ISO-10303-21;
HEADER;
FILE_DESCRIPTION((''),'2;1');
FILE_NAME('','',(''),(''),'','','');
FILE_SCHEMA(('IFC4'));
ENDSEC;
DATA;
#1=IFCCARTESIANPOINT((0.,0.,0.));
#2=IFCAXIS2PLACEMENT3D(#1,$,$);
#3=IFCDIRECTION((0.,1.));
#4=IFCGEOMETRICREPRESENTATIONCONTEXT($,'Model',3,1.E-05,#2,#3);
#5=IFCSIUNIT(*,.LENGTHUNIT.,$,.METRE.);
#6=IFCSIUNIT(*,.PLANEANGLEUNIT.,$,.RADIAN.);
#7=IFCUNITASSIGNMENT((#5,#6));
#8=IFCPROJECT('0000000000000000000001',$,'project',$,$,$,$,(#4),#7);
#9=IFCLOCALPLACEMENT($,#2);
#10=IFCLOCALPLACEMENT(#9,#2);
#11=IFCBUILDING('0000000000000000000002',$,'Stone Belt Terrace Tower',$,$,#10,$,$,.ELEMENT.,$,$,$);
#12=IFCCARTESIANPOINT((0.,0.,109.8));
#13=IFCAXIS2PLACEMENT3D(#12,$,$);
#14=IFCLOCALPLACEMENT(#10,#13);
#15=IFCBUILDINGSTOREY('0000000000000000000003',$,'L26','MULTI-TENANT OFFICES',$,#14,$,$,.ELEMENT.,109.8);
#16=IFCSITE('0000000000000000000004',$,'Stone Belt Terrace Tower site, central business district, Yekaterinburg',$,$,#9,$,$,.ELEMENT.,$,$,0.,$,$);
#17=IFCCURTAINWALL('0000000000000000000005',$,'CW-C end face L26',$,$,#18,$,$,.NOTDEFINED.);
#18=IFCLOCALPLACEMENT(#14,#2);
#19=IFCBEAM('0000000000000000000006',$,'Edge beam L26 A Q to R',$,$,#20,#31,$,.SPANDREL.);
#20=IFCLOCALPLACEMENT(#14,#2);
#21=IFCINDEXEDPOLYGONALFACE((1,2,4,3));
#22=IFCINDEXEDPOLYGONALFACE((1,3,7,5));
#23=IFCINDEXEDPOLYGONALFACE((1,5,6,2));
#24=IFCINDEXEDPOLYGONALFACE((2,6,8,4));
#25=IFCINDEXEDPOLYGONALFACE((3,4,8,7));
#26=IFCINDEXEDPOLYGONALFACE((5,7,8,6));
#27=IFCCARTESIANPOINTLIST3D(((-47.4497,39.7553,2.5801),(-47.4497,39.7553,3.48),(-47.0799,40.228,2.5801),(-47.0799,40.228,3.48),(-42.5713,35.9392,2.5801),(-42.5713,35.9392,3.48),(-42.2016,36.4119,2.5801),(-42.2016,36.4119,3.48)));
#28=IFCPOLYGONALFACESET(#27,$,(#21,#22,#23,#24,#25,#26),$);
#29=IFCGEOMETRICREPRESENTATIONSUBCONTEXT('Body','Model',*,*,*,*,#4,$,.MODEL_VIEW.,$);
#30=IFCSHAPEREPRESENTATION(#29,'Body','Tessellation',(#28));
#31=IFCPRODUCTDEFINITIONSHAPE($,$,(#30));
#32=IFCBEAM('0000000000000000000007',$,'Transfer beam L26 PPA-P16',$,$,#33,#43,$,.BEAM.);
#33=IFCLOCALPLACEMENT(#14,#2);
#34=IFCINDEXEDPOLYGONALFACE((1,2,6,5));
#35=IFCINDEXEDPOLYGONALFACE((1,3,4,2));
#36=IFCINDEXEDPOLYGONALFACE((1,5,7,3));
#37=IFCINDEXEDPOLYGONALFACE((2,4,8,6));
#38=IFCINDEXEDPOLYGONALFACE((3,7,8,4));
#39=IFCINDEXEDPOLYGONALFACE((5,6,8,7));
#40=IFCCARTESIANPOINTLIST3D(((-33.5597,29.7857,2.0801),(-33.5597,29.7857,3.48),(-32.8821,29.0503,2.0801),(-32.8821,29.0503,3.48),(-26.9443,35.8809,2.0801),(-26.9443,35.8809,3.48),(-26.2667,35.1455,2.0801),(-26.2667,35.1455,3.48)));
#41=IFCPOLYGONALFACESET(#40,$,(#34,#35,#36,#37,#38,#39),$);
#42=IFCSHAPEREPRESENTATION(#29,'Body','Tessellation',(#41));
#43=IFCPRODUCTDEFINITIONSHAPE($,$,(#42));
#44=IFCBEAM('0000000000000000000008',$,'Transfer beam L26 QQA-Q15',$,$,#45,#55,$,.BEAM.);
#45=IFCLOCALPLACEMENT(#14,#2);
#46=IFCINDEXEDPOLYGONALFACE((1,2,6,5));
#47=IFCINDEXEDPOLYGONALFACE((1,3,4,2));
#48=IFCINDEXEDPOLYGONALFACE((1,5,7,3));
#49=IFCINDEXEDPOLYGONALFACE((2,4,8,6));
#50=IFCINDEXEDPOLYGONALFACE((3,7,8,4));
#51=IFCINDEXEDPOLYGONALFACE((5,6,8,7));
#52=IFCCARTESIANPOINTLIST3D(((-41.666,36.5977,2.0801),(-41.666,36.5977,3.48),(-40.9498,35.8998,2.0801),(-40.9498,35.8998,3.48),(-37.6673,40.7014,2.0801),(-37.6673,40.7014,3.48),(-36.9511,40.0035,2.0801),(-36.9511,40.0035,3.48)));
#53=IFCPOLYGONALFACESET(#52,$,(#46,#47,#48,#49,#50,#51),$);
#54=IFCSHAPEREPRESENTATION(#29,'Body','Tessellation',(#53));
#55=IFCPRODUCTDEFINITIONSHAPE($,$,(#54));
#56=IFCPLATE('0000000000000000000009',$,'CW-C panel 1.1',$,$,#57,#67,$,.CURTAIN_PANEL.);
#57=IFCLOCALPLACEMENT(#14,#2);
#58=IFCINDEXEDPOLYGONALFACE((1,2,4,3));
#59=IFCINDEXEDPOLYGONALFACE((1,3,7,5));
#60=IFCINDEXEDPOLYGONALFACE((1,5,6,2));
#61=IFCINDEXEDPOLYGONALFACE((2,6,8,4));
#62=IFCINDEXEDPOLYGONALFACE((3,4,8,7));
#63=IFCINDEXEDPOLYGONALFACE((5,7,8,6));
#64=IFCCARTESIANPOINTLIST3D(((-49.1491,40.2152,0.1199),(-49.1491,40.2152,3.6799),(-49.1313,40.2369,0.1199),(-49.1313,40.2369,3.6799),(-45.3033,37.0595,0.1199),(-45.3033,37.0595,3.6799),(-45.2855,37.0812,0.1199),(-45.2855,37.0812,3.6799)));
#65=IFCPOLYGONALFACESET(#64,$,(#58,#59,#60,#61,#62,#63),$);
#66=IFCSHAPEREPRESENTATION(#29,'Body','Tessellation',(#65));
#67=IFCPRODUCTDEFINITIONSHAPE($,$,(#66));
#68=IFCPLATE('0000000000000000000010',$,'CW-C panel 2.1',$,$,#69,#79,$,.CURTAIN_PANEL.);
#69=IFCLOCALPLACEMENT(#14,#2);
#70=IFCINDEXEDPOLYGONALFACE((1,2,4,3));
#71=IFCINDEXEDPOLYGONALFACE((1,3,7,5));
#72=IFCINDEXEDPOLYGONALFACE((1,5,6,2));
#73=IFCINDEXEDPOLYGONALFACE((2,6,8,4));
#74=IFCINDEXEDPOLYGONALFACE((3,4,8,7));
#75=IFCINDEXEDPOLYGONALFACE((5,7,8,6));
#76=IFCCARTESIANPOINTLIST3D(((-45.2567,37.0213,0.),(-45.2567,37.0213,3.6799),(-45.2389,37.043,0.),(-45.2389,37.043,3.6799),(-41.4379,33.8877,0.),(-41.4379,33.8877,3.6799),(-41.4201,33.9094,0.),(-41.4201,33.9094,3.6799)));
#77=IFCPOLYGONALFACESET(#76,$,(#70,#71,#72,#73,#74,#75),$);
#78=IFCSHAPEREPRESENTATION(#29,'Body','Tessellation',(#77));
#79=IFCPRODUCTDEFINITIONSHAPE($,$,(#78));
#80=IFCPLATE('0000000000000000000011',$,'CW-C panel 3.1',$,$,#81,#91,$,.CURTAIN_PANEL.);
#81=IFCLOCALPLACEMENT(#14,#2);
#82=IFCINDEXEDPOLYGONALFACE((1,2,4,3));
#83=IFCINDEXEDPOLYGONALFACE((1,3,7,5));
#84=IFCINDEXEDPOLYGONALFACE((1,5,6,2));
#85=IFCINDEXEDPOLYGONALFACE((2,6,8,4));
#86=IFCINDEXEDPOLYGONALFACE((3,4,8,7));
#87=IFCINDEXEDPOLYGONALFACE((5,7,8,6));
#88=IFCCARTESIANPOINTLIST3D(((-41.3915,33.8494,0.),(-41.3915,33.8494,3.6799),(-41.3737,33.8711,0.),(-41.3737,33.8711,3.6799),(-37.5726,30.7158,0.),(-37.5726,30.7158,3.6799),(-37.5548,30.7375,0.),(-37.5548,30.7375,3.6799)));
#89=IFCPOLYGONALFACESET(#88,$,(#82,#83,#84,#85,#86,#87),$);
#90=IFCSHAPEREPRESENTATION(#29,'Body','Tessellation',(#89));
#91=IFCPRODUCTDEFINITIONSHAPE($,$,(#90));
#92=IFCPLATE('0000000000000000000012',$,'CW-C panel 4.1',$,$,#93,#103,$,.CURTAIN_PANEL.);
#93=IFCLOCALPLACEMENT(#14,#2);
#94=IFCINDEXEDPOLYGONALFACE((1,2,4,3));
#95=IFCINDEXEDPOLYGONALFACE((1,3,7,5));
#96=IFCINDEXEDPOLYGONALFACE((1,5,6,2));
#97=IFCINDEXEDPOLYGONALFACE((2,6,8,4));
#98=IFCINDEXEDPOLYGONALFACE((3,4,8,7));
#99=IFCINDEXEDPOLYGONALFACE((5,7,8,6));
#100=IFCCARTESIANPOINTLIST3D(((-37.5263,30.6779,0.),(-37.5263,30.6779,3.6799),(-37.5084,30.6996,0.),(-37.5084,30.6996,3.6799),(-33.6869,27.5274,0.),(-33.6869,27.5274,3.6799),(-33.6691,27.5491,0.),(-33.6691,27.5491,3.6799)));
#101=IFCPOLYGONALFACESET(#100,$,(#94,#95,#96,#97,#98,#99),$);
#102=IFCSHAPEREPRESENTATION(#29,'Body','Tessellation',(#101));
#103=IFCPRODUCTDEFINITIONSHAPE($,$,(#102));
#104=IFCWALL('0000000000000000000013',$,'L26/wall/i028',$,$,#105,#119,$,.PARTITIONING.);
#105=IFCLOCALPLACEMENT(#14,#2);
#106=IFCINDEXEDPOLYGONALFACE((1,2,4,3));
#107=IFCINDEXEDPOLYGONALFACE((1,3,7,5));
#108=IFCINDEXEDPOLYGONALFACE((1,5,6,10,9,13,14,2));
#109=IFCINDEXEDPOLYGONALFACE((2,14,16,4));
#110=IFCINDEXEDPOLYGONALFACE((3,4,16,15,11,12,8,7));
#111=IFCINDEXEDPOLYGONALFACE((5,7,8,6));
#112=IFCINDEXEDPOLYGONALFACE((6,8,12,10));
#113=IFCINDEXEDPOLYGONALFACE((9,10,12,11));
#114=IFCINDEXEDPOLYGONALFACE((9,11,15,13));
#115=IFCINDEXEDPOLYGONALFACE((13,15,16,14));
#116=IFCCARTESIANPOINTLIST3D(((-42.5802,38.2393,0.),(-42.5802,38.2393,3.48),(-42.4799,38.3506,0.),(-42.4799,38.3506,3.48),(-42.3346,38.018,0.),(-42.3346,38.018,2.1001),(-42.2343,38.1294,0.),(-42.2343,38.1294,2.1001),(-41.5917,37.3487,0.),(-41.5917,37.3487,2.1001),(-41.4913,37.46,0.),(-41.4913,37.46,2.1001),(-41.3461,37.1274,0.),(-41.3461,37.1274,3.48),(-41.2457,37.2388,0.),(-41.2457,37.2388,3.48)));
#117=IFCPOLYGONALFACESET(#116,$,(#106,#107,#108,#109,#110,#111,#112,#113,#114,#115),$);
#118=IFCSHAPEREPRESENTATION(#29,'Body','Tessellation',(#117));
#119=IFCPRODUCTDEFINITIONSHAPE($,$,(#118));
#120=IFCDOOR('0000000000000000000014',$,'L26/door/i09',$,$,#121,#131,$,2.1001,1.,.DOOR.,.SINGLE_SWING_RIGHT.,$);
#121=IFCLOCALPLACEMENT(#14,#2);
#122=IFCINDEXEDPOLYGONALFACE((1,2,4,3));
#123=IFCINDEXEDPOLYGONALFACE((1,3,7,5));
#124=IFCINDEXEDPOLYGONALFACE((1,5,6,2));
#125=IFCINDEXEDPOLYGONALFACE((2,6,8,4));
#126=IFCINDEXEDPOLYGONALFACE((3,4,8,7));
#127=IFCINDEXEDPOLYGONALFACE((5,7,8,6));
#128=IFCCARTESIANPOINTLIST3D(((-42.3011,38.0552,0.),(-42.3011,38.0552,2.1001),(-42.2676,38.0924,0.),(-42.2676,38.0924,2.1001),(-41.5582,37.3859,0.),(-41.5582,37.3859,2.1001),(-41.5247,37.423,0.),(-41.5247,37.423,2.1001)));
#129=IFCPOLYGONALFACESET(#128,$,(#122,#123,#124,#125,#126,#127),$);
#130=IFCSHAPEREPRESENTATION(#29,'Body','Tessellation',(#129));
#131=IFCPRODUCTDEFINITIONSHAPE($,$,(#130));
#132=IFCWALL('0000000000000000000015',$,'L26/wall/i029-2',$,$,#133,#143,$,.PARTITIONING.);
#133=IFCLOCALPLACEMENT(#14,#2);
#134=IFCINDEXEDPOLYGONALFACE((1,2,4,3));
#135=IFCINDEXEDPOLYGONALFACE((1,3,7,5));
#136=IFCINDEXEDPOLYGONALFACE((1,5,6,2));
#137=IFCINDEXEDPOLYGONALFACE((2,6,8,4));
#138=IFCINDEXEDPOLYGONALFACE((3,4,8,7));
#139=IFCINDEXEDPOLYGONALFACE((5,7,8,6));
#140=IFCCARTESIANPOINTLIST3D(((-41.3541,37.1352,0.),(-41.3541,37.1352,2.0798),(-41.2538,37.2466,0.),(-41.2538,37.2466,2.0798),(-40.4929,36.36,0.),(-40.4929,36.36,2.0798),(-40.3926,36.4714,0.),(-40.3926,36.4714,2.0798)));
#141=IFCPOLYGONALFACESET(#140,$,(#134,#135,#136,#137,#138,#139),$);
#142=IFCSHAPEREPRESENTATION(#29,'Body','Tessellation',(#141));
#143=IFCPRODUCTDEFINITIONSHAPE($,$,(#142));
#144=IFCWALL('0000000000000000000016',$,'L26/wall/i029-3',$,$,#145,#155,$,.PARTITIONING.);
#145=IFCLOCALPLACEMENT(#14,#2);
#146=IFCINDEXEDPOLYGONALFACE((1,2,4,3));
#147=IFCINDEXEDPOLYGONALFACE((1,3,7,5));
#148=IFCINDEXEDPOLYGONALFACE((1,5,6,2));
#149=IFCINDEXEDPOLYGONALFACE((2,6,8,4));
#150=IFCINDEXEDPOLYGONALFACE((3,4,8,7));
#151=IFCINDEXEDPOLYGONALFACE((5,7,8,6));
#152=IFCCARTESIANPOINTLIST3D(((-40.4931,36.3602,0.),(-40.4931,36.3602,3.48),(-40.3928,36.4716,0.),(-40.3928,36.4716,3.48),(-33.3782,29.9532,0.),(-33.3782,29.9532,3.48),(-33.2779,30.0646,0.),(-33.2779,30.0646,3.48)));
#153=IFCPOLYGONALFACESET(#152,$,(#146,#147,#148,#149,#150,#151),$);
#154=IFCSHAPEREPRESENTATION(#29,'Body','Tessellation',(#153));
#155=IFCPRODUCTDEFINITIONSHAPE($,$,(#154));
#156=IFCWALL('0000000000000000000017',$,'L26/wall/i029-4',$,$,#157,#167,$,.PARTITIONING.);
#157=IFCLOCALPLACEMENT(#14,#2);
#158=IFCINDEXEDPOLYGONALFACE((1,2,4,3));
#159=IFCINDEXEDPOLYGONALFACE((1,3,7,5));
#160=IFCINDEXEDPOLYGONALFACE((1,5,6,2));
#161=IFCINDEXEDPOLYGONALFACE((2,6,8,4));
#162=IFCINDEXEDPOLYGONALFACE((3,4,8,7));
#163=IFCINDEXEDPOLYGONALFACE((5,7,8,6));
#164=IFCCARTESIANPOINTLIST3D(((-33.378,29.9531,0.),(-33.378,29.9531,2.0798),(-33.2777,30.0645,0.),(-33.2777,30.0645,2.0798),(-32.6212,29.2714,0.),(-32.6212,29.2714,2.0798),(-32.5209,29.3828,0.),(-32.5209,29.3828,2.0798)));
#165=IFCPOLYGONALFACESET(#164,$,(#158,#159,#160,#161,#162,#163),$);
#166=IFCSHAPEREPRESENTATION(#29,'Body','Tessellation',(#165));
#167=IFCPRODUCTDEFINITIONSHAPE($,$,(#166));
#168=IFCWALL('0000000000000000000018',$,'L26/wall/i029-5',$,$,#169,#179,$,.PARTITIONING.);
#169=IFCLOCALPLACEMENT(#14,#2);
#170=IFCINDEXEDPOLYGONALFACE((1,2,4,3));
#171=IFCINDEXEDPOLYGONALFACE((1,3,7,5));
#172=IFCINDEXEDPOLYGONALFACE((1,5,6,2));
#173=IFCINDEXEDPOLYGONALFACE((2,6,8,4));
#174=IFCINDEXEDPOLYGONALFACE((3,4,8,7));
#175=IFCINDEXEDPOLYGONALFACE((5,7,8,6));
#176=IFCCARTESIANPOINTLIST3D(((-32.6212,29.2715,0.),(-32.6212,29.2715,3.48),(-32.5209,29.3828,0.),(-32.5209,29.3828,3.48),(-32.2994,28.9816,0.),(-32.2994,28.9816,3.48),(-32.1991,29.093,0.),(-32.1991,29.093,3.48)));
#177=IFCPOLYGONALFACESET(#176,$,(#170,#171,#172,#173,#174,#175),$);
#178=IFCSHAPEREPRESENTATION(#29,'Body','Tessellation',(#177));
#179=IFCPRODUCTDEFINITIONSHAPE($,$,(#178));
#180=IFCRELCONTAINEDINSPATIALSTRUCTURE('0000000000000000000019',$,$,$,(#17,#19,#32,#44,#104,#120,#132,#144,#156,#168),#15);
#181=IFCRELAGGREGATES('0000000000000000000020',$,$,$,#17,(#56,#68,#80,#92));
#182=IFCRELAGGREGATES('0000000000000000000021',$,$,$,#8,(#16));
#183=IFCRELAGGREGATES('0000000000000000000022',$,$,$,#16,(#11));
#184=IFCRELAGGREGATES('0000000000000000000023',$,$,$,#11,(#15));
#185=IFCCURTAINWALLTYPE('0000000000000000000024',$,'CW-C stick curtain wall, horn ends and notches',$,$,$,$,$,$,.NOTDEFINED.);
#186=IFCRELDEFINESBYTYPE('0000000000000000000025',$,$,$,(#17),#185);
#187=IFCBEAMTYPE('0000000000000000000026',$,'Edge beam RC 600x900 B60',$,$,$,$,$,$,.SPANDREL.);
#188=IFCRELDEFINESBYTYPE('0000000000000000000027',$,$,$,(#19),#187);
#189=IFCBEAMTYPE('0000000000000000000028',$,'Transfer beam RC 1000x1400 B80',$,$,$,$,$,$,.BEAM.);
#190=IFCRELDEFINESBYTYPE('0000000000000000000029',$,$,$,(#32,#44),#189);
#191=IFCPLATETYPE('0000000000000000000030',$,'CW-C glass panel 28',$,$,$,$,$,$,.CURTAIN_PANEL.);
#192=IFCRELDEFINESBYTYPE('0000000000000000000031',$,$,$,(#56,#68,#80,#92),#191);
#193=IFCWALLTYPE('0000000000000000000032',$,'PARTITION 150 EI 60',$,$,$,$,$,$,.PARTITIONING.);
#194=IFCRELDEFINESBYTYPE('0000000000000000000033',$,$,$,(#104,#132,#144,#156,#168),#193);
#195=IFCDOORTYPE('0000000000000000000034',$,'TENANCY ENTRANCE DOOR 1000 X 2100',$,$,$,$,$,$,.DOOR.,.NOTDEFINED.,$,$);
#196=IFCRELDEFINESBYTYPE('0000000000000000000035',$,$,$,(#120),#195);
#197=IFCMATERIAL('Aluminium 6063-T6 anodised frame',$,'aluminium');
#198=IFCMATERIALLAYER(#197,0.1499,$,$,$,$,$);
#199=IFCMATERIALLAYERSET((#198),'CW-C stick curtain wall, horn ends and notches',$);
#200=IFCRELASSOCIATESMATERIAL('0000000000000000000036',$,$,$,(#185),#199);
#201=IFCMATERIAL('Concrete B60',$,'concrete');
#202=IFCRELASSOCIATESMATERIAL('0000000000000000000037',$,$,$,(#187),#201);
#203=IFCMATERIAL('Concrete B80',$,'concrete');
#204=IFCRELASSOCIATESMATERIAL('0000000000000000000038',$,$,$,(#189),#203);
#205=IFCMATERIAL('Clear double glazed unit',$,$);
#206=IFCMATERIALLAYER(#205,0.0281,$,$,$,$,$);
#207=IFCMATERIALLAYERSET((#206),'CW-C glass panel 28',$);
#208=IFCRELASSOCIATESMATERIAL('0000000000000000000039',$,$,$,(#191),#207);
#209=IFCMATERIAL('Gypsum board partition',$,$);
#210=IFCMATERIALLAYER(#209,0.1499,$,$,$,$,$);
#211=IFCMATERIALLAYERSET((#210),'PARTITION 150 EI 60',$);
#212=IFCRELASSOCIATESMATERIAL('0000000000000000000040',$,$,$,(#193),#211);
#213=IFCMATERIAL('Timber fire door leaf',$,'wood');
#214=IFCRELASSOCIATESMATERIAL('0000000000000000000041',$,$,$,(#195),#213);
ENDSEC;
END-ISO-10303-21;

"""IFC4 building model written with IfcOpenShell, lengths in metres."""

from ifc_helpers import new_model, si_unit, direction, frame, frame_2d, origin, origin_2d, place, context, subcontext, project, spatial, rectangle, extrude, material, layer, layer_set, material_profile, profile_set, type_object, element, fill, aggregate, save


model = new_model("IFC4")

# Units and contexts
model_context = context("Model", 3, precision=1e-05, world=origin(), true_north=direction((0.0, 1.0)))
body_context = subcontext(model_context, "Body", "Model", "MODEL_VIEW")
ifc_project = project(units=[si_unit("LENGTHUNIT", "METRE"), si_unit("PLANEANGLEUNIT", "RADIAN")], contexts=[model_context])

# Site, building, storey
site_placement = place(None, origin())
site = spatial("IfcSite", under=ifc_project, at=site_placement, Name="Stone Belt Terrace Tower site, central business district, Yekaterinburg", CompositionType="ELEMENT", RefElevation=0.0)
building_placement = place(site_placement, origin())
building = spatial("IfcBuilding", under=site, at=building_placement, Name="Stone Belt Terrace Tower", CompositionType="ELEMENT")
storey_placement = place(building_placement, frame((0.0, 0.0, 109.8)))
storey = spatial("IfcBuildingStorey", under=building, at=storey_placement, Name="L26", Description="MULTI-TENANT OFFICES", CompositionType="ELEMENT", Elevation=109.8)

# Shared definitions
ifc_material_1 = material(Name="Concrete B80", Category="concrete")

# Curtain wall
ifc_material_2 = material(Name="Aluminium 6063-T6 anodised frame", Category="aluminium")
ifc_layer_1 = layer(ifc_material_2, 0.1499)
ifc_layer_set_1 = layer_set([ifc_layer_1], Name="CW-C stick curtain wall, horn ends and notches")
curtain_wall_type_1 = type_object("IfcCurtainWallType", Name="CW-C stick curtain wall, horn ends and notches", PredefinedType="NOTDEFINED", material=ifc_layer_set_1)
curtain_wall_1_placement = place(storey_placement, origin())
curtain_wall_1 = element("IfcCurtainWall", 1, at=curtain_wall_1_placement, inside=storey, type_object=curtain_wall_type_1, Name="CW-C end face L26", PredefinedType="NOTDEFINED")

# Beams
ifc_material_3 = material(Name="Concrete B60", Category="concrete")
ifc_material_profile_1 = material_profile(ifc_material_3, rectangle(XDim=0.6001, YDim=0.8999, at=origin_2d()), Name="RC 600x900")
ifc_profile_set_1 = profile_set([ifc_material_profile_1], Name="Concrete B60")
beam_type_1 = type_object("IfcBeamType", Name="Edge beam RC 600x900 B60", PredefinedType="SPANDREL", material=ifc_profile_set_1)
beam_1_placement = place(storey_placement, frame((-42.3865, 36.1755, 3.03), z_axis=(-0.787641, 0.616135, 0.0), x_axis=(-0.616135, -0.787641, 0.0)))
element("IfcBeam", 2, at=beam_1_placement, inside=storey, type_object=beam_type_1, Name="Edge beam L26 A Q to R", PredefinedType="SPANDREL", context=body_context, shape_type="SweptSolid", body=[
    extrude(rectangle(XDim=0.6001, YDim=0.8999, at=origin_2d()), origin(), (0.0, 0.0, 1.0), 6.1936),
])
ifc_material_profile_2 = material_profile(ifc_material_1, rectangle(XDim=1.0, YDim=1.3999, at=origin_2d()), Name="RC 1000x1400")
ifc_profile_set_2 = profile_set([ifc_material_profile_2], Name="Concrete B80")
beam_type_2 = type_object("IfcBeamType", Name="Transfer beam RC 1000x1400 B80", PredefinedType="BEAM", material=ifc_profile_set_2)
beam_2_placement = place(storey_placement, frame((-33.2209, 29.418, 2.78), z_axis=(0.735434, 0.677597, 0.0), x_axis=(-0.677597, 0.735434, 0.0)))
element("IfcBeam", 3, at=beam_2_placement, inside=storey, type_object=beam_type_2, Name="Transfer beam L26 PPA-P16", PredefinedType="BEAM", context=body_context, shape_type="SweptSolid", body=[
    extrude(rectangle(XDim=1.0, YDim=1.3999, at=origin_2d()), origin(), (0.0, 0.0, 1.0), 8.9954),
])
beam_3_placement = place(storey_placement, frame((-41.3079, 36.2488, 2.78), z_axis=(0.697887, 0.716208, 0.0), x_axis=(-0.716208, 0.697887, 0.0)))
element("IfcBeam", 4, at=beam_3_placement, inside=storey, type_object=beam_type_2, Name="Transfer beam L26 QQA-Q15", PredefinedType="BEAM", context=body_context, shape_type="SweptSolid", body=[
    extrude(rectangle(XDim=1.0, YDim=1.3999, at=origin_2d()), origin(), (0.0, 0.0, 1.0), 5.7297),
])

# Plates
ifc_material_4 = material(Name="Clear double glazed unit")
ifc_layer_2 = layer(ifc_material_4, 0.0281)
ifc_layer_set_2 = layer_set([ifc_layer_2], Name="CW-C glass panel 28")
plate_type = type_object("IfcPlateType", Name="CW-C glass panel 28", PredefinedType="CURTAIN_PANEL", material=ifc_layer_set_2)
plate_1_placement = place(storey_placement, frame((-47.2173, 38.6482, 0.1199), z_axis=(0.0, 0.0, 1.0), x_axis=(0.773051, -0.634344, 0.0)))
plate_1 = element("IfcPlate", 5, at=plate_1_placement, type_object=plate_type, Name="CW-C panel 1.1", PredefinedType="CURTAIN_PANEL", context=body_context, shape_type="SweptSolid", body=[
    extrude(rectangle(XDim=4.9749, YDim=0.0281, at=origin_2d()), origin(), (0.0, 0.0, 1.0), 3.5601),
])
plate_2_placement = place(storey_placement, frame((-43.3384, 35.4653, 0.0), z_axis=(0.0, 0.0, 1.0), x_axis=(0.773051, -0.634344, 0.0)))
plate_2 = element("IfcPlate", 6, at=plate_2_placement, type_object=plate_type, Name="CW-C panel 2.1", PredefinedType="CURTAIN_PANEL", context=body_context, shape_type="SweptSolid", body=[
    extrude(rectangle(XDim=4.9399, YDim=0.0281, at=origin_2d()), origin(), (0.0, 0.0, 1.0), 3.6799),
])
plate_3_placement = place(storey_placement, frame((-39.4731, 32.2935, 0.0), z_axis=(0.0, 0.0, 1.0), x_axis=(0.773051, -0.634344, 0.0)))
plate_3 = element("IfcPlate", 7, at=plate_3_placement, type_object=plate_type, Name="CW-C panel 3.1", PredefinedType="CURTAIN_PANEL", context=body_context, shape_type="SweptSolid", body=[
    extrude(rectangle(XDim=4.9399, YDim=0.0281, at=origin_2d()), origin(), (0.0, 0.0, 1.0), 3.6799),
])
plate_4_placement = place(storey_placement, frame((-35.5977, 29.1135, 0.0), z_axis=(0.0, 0.0, 1.0), x_axis=(0.773051, -0.634344, 0.0)))
plate_4 = element("IfcPlate", 8, at=plate_4_placement, type_object=plate_type, Name="CW-C panel 4.1", PredefinedType="CURTAIN_PANEL", context=body_context, shape_type="SweptSolid", body=[
    extrude(rectangle(XDim=4.9666, YDim=0.0281, at=origin_2d()), origin(), (0.0, 0.0, 1.0), 3.6799),
])
aggregate(curtain_wall_1, [plate_1, plate_2, plate_3, plate_4])

# Wall, opening, door
ifc_material_5 = material(Name="Gypsum board partition")
ifc_layer_3 = layer(ifc_material_5, 0.1499)
ifc_layer_set_3 = layer_set([ifc_layer_3], Name="PARTITION 150 EI 60")
wall_type = type_object("IfcWallType", Name="PARTITION 150 EI 60", PredefinedType="PARTITIONING", material=ifc_layer_set_3)
wall_1_placement = place(storey_placement, frame((-41.2959, 37.1831, 0.0), z_axis=(0.0, 0.0, 1.0), x_axis=(-0.742965, 0.66933, 0.0)))
wall_1 = element("IfcWall", 9, at=wall_1_placement, inside=storey, type_object=wall_type, Name="L26/wall/i028", PredefinedType="PARTITIONING", context=body_context, shape_type="SweptSolid", body=[
    extrude(rectangle(XDim=1.6611, YDim=0.1499, at=frame_2d((0.8306, 0.0))), origin(), (0.0, 0.0, 1.0), 3.48),
])
opening_1_placement = place(wall_1_placement, frame((0.3306, 0.0, 0.0)))
opening_1 = element("IfcOpeningElement", 10, at=opening_1_placement, cuts=wall_1, PredefinedType="OPENING", context=body_context, shape_type="SweptSolid", body=[
    extrude(rectangle(XDim=1.0, YDim=2.1001, at=frame_2d((0.5, 1.05))), frame((0.0, 0.085, 0.0), z_axis=(0.0, -1.0, 0.0), x_axis=(1.0, 0.0, 0.0)), (0.0, 0.0, 1.0), 0.1699),
])
ifc_material_6 = material(Name="Timber fire door leaf", Category="wood")
door_type_1 = type_object("IfcDoorType", Name="TENANCY ENTRANCE DOOR 1000 X 2100", OperationType="NOTDEFINED", PredefinedType="DOOR", material=ifc_material_6)
door_1_placement = place(opening_1_placement, origin())
door_1 = element("IfcDoor", 11, at=door_1_placement, inside=storey, type_object=door_type_1, Name="L26/door/i09", OperationType="SINGLE_SWING_RIGHT", OverallHeight=2.1001, OverallWidth=1.0, PredefinedType="DOOR", context=body_context, shape_type="SweptSolid", body=[
    extrude(rectangle(XDim=1.0, YDim=2.1001, at=frame_2d((0.5, 1.05))), frame((0.0, 0.0249, 0.0), z_axis=(0.0, -1.0, 0.0), x_axis=(1.0, 0.0, 0.0)), (0.0, 0.0, 1.0), 0.05),
])
fill(opening_1, door_1)

# Walls
wall_2_placement = place(storey_placement, frame((-41.304, 37.1909, 0.0), z_axis=(0.0, 0.0, 1.0), x_axis=(0.743221, -0.669046, 0.0)))
element("IfcWall", 12, at=wall_2_placement, inside=storey, type_object=wall_type, Name="L26/wall/i029-2", PredefinedType="PARTITIONING", context=body_context, shape_type="SweptSolid", body=[
    extrude(rectangle(XDim=1.1587, YDim=0.1499, at=frame_2d((0.5793, 0.0))), origin(), (0.0, 0.0, 1.0), 2.0798),
])
wall_3_placement = place(storey_placement, frame((-40.4429, 36.4158, 0.0), z_axis=(0.0, 0.0, 1.0), x_axis=(0.743113, -0.669166, 0.0)))
element("IfcWall", 13, at=wall_3_placement, inside=storey, type_object=wall_type, Name="L26/wall/i029-3", PredefinedType="PARTITIONING", context=body_context, shape_type="SweptSolid", body=[
    extrude(rectangle(XDim=9.5745, YDim=0.1499, at=frame_2d((4.7871, 0.0))), origin(), (0.0, 0.0, 1.0), 3.48),
])
wall_4_placement = place(storey_placement, frame((-33.3279, 30.0088, 0.0), z_axis=(0.0, 0.0, 1.0), x_axis=(0.743056, -0.66923, 0.0)))
element("IfcWall", 14, at=wall_4_placement, inside=storey, type_object=wall_type, Name="L26/wall/i029-4", PredefinedType="PARTITIONING", context=body_context, shape_type="SweptSolid", body=[
    extrude(rectangle(XDim=1.0186, YDim=0.1499, at=frame_2d((0.5093, 0.0))), origin(), (0.0, 0.0, 1.0), 2.0798),
])
wall_5_placement = place(storey_placement, frame((-32.571, 29.3271, 0.0), z_axis=(0.0, 0.0, 1.0), x_axis=(0.74307, -0.669214, 0.0)))
element("IfcWall", 15, at=wall_5_placement, inside=storey, type_object=wall_type, Name="L26/wall/i029-5", PredefinedType="PARTITIONING", context=body_context, shape_type="SweptSolid", body=[
    extrude(rectangle(XDim=0.4331, YDim=0.1499, at=frame_2d((0.2166, 0.0))), origin(), (0.0, 0.0, 1.0), 3.48),
])

save(model, "model.ifc")
